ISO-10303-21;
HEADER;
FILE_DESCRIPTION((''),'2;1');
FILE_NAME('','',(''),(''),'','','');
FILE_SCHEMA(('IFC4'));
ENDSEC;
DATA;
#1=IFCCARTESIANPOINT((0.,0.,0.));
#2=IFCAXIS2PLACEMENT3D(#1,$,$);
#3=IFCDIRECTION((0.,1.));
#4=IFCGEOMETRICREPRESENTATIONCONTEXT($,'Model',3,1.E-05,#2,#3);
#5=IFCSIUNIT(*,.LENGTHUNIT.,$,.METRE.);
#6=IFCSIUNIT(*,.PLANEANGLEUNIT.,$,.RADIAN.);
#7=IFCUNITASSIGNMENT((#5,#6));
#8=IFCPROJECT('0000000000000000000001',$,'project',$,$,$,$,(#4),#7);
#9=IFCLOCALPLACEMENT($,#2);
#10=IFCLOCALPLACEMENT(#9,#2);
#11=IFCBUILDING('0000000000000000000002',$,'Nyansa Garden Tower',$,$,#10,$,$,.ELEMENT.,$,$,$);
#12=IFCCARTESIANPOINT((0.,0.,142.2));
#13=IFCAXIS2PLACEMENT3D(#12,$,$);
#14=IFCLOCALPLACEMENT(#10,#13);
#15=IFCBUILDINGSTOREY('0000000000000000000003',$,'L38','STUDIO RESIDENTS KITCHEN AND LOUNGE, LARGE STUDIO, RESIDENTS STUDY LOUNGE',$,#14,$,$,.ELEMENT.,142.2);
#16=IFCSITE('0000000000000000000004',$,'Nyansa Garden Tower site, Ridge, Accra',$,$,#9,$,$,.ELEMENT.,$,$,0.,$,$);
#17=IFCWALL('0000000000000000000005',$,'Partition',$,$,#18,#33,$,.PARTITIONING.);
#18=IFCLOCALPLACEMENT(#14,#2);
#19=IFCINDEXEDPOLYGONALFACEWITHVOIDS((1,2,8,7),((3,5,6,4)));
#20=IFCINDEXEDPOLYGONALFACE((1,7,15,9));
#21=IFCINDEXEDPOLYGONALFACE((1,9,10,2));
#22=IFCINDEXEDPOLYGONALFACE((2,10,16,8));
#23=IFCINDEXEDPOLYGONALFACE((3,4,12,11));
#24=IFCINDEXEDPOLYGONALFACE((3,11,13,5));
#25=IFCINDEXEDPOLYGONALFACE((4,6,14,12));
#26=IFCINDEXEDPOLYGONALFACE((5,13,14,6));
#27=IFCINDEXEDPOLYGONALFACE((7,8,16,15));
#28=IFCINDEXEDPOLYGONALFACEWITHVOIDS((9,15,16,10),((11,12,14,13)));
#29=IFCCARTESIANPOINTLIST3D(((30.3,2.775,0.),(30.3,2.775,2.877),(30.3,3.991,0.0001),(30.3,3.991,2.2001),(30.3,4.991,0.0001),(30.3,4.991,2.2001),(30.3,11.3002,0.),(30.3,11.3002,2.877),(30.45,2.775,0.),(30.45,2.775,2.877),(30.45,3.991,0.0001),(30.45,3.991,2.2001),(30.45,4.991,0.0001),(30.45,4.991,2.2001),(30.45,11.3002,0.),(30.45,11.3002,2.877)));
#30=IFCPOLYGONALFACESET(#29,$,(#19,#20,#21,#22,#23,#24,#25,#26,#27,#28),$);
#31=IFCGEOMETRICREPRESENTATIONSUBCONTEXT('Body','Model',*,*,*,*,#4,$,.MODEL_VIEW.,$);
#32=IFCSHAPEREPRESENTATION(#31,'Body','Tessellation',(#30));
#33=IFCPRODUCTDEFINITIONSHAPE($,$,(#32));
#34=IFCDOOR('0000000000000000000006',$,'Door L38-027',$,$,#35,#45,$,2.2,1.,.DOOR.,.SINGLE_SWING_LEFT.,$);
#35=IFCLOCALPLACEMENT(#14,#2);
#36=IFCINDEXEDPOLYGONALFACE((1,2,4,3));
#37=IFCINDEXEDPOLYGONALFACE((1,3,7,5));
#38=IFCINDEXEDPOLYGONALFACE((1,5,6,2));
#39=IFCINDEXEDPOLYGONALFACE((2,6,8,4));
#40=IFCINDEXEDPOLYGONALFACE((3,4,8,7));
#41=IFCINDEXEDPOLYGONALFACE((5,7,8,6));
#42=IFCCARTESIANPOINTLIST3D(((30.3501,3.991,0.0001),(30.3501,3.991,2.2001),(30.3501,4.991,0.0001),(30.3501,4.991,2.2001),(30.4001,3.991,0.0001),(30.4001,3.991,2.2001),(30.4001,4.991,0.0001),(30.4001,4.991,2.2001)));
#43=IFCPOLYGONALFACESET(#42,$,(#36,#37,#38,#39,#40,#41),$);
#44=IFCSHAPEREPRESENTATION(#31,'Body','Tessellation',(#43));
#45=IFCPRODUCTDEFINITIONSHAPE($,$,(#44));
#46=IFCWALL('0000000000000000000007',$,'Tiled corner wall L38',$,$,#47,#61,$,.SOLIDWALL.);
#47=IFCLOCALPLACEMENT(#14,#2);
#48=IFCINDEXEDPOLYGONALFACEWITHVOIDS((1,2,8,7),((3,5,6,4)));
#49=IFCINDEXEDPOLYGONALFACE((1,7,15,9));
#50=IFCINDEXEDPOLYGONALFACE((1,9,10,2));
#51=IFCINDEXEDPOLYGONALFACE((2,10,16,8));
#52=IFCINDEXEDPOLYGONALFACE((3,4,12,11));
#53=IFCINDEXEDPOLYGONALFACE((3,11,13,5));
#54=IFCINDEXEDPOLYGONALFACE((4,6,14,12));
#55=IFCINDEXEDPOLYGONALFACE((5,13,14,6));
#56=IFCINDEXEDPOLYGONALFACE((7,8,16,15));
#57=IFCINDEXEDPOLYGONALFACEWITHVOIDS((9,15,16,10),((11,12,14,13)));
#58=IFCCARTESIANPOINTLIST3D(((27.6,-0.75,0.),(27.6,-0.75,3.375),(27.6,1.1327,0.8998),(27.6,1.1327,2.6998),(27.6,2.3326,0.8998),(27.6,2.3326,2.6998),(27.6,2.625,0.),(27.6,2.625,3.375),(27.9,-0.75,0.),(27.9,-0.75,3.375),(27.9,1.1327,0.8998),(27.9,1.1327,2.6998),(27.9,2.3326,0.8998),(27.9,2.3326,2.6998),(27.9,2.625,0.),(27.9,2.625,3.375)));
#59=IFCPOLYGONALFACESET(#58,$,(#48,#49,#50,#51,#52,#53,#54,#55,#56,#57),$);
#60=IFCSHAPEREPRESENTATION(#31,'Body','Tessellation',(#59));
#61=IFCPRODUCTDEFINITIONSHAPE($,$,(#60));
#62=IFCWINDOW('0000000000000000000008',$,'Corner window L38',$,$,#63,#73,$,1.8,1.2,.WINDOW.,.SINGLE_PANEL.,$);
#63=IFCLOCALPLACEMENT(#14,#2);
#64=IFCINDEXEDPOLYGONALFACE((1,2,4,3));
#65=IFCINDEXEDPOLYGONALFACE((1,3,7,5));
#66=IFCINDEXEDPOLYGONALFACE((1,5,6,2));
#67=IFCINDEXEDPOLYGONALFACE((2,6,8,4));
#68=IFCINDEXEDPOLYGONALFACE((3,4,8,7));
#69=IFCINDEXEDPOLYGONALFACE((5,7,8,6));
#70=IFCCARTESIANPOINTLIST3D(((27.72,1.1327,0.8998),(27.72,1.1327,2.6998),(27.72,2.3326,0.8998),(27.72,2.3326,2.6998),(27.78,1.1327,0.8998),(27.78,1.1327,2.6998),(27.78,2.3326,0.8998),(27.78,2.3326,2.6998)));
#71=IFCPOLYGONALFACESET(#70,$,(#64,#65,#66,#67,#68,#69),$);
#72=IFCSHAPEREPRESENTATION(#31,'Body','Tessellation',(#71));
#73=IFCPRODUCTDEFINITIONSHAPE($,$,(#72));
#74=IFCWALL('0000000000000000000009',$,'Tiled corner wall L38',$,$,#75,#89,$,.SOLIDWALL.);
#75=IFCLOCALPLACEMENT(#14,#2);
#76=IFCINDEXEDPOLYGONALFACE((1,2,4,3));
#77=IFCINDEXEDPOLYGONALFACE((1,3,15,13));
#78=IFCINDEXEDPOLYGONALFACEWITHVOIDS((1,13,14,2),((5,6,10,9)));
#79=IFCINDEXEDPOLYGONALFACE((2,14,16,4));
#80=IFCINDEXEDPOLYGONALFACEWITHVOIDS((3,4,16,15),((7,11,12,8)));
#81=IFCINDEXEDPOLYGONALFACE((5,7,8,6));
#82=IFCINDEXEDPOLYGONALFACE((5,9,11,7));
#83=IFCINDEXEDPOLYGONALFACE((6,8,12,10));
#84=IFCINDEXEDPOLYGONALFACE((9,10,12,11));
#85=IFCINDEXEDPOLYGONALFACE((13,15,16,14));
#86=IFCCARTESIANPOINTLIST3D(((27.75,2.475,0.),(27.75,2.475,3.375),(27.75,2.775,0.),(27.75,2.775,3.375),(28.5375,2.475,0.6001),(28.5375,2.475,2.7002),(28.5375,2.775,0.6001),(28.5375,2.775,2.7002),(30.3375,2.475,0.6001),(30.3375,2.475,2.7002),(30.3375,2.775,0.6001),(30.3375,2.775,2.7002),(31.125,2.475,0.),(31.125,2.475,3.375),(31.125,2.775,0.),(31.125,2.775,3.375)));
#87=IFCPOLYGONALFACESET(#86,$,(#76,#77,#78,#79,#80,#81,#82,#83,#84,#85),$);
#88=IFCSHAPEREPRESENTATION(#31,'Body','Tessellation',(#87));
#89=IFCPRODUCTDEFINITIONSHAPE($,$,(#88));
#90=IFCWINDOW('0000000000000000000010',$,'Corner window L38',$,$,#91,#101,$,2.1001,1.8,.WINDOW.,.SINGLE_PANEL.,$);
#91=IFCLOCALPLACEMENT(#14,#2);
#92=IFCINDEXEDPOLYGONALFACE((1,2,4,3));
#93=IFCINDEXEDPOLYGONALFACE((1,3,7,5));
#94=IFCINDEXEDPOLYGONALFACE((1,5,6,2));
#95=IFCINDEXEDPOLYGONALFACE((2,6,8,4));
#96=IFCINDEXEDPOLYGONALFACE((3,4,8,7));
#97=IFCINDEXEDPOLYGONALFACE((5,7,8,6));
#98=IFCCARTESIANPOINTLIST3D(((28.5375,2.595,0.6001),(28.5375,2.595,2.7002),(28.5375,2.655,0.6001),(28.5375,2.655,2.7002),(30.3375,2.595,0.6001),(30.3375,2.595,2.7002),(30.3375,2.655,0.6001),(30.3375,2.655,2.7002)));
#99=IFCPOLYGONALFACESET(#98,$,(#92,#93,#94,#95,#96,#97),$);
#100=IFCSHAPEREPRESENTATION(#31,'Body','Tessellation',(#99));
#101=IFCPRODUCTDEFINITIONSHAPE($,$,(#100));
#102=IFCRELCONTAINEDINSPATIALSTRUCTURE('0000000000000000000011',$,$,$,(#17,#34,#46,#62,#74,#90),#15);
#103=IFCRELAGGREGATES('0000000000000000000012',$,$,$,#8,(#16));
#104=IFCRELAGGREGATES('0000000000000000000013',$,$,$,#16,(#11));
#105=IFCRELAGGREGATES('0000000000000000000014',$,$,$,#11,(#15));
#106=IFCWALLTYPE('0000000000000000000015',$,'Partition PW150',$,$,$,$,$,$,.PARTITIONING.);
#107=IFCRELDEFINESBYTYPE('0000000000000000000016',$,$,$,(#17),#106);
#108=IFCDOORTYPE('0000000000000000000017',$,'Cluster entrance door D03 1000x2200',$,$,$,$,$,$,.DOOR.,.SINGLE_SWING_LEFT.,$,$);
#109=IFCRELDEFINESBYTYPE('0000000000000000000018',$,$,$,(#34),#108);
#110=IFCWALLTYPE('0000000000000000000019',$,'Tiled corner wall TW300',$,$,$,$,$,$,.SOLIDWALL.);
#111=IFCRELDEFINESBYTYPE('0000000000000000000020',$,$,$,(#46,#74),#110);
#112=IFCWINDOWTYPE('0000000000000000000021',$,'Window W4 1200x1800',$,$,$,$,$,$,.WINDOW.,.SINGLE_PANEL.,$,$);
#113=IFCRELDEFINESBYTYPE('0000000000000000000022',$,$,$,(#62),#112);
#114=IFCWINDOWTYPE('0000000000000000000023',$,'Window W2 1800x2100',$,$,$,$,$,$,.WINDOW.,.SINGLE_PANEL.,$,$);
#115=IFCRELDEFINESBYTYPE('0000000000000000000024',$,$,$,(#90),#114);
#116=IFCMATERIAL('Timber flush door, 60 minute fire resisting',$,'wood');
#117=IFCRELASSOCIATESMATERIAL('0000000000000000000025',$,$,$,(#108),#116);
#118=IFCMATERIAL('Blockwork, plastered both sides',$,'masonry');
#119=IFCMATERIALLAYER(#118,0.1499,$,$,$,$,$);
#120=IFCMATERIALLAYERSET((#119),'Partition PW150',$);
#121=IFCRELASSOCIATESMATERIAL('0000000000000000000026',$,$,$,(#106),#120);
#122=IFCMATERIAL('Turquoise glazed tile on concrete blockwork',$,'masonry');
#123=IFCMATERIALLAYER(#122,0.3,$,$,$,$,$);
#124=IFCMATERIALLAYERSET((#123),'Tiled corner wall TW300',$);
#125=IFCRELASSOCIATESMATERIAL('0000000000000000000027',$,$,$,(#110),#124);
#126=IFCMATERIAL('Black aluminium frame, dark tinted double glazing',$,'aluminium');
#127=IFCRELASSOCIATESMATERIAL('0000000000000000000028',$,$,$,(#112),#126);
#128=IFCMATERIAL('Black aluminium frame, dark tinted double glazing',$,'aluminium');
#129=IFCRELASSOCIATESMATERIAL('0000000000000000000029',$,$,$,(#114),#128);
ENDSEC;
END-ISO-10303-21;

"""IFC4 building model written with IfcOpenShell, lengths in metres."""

from ifc_helpers import new_model, si_unit, direction, frame, frame_2d, origin, place, context, subcontext, project, spatial, rectangle, extrude, material, layer, layer_set, type_object, element, fill, save


model = new_model("IFC4")

# Units and contexts
model_context = context("Model", 3, precision=1e-05, world=origin(), true_north=direction((0.0, 1.0)))
body_context = subcontext(model_context, "Body", "Model", "MODEL_VIEW")
ifc_project = project(units=[si_unit("LENGTHUNIT", "METRE"), si_unit("PLANEANGLEUNIT", "RADIAN")], contexts=[model_context])

# Site, building, storey
site_placement = place(None, origin())
site = spatial("IfcSite", under=ifc_project, at=site_placement, Name="Nyansa Garden Tower site, Ridge, Accra", CompositionType="ELEMENT", RefElevation=0.0)
building_placement = place(site_placement, origin())
building = spatial("IfcBuilding", under=site, at=building_placement, Name="Nyansa Garden Tower", CompositionType="ELEMENT")
storey_placement = place(building_placement, frame((0.0, 0.0, 142.2)))
storey = spatial("IfcBuildingStorey", under=building, at=storey_placement, Name="L38", Description="STUDIO RESIDENTS KITCHEN AND LOUNGE, LARGE STUDIO, RESIDENTS STUDY LOUNGE", CompositionType="ELEMENT", Elevation=142.2)

# Shared definitions
ifc_material_1 = material(Name="Timber flush door, 60 minute fire resisting", Category="wood")
door_type_1 = type_object("IfcDoorType", Name="Cluster entrance door D03 1000x2200", OperationType="SINGLE_SWING_LEFT", PredefinedType="DOOR", material=ifc_material_1)

# Shared definitions
ifc_material_2 = material(Name="Blockwork, plastered both sides", Category="masonry")
ifc_layer_1 = layer(ifc_material_2, 0.1499)
ifc_layer_set_1 = layer_set([ifc_layer_1], Name="Partition PW150")
wall_type_1 = type_object("IfcWallType", Name="Partition PW150", PredefinedType="PARTITIONING", material=ifc_layer_set_1)

# Wall, opening, door
wall_1_placement = place(storey_placement, frame((30.375, 2.7749, 0.0), z_axis=(0.0, 0.0, 1.0), x_axis=(0.0, 1.0, 0.0)))
wall_1 = element("IfcWall", 1, at=wall_1_placement, inside=storey, type_object=wall_type_1, Name="Partition", PredefinedType="PARTITIONING", context=body_context, shape_type="SweptSolid", body=[
    extrude(rectangle(XDim=8.5251, YDim=0.1499, at=frame_2d((4.2627, 0.0))), origin(), (0.0, 0.0, 1.0), 2.877),
])
opening_1_placement = place(wall_1_placement, frame((1.2161, 0.0, 0.0)))
opening_1 = element("IfcOpeningElement", 2, at=opening_1_placement, cuts=wall_1, PredefinedType="OPENING", context=body_context, shape_type="SweptSolid", body=[
    extrude(rectangle(XDim=1.0, YDim=2.2, at=frame_2d((0.5, 1.1001))), frame((0.0, 0.085, 0.0), z_axis=(0.0, -1.0, 0.0), x_axis=(1.0, 0.0, 0.0)), (0.0, 0.0, 1.0), 0.1699),
])
door_1_placement = place(opening_1_placement, origin())
door_1 = element("IfcDoor", 3, at=door_1_placement, inside=storey, type_object=door_type_1, Name="Door L38-027", OperationType="SINGLE_SWING_LEFT", OverallHeight=2.2, OverallWidth=1.0, PredefinedType="DOOR", context=body_context, shape_type="SweptSolid", body=[
    extrude(rectangle(XDim=1.0, YDim=2.2, at=frame_2d((0.5, 1.1001))), frame((0.0, 0.0249, 0.0), z_axis=(0.0, -1.0, 0.0), x_axis=(1.0, 0.0, 0.0)), (0.0, 0.0, 1.0), 0.05),
])
fill(opening_1, door_1)

# Walls, openings, windows
ifc_material_3 = material(Name="Turquoise glazed tile on concrete blockwork", Category="masonry")
ifc_layer_2 = layer(ifc_material_3, 0.3)
ifc_layer_set_2 = layer_set([ifc_layer_2], Name="Tiled corner wall TW300")
wall_type_2 = type_object("IfcWallType", Name="Tiled corner wall TW300", PredefinedType="SOLIDWALL", material=ifc_layer_set_2)
wall_2_placement = place(storey_placement, frame((27.75, -0.75, 0.0), z_axis=(0.0, 0.0, 1.0), x_axis=(0.0, 1.0, 0.0)))
wall_2 = element("IfcWall", 4, at=wall_2_placement, inside=storey, type_object=wall_type_2, Name="Tiled corner wall L38", PredefinedType="SOLIDWALL", context=body_context, shape_type="SweptSolid", body=[
    extrude(rectangle(XDim=3.375, YDim=0.3, at=frame_2d((1.6875, 0.0))), origin(), (0.0, 0.0, 1.0), 3.375),
])
opening_2_placement = place(wall_2_placement, frame((1.8826, 0.0, 0.8999)))
opening_2 = element("IfcOpeningElement", 5, at=opening_2_placement, cuts=wall_2, PredefinedType="OPENING", context=body_context, shape_type="SweptSolid", body=[
    extrude(rectangle(XDim=1.2, YDim=1.8, at=frame_2d((0.6001, 0.8999))), frame((0.0, 0.1599, 0.0), z_axis=(0.0, -1.0, 0.0), x_axis=(1.0, 0.0, 0.0)), (0.0, 0.0, 1.0), 0.3201),
])
ifc_material_4 = material(Name="Black aluminium frame, dark tinted double glazing", Category="aluminium")
window_type_1 = type_object("IfcWindowType", Name="Window W4 1200x1800", PartitioningType="SINGLE_PANEL", PredefinedType="WINDOW", material=ifc_material_4)
window_1_placement = place(opening_2_placement, origin())
window_1 = element("IfcWindow", 6, at=window_1_placement, inside=storey, type_object=window_type_1, Name="Corner window L38", OverallHeight=1.8, OverallWidth=1.2, PartitioningType="SINGLE_PANEL", PredefinedType="WINDOW", context=body_context, shape_type="SweptSolid", body=[
    extrude(rectangle(XDim=1.2, YDim=1.8, at=frame_2d((0.6001, 0.8999))), frame((0.0, 0.03, 0.0), z_axis=(0.0, -1.0, 0.0), x_axis=(1.0, 0.0, 0.0)), (0.0, 0.0, 1.0), 0.0601),
])
fill(opening_2, window_1)
wall_3_placement = place(storey_placement, frame((27.75, 2.625, 0.0), z_axis=(0.0, 0.0, 1.0), x_axis=(1.0, 0.0, 0.0)))
wall_3 = element("IfcWall", 7, at=wall_3_placement, inside=storey, type_object=wall_type_2, Name="Tiled corner wall L38", PredefinedType="SOLIDWALL", context=body_context, shape_type="SweptSolid", body=[
    extrude(rectangle(XDim=3.375, YDim=0.3, at=frame_2d((1.6875, 0.0))), origin(), (0.0, 0.0, 1.0), 3.375),
])
opening_3_placement = place(wall_3_placement, frame((0.7876, 0.0, 0.6001)))
opening_3 = element("IfcOpeningElement", 8, at=opening_3_placement, cuts=wall_3, PredefinedType="OPENING", context=body_context, shape_type="SweptSolid", body=[
    extrude(rectangle(XDim=1.8, YDim=2.1001, at=frame_2d((0.8999, 1.05))), frame((0.0, 0.1599, 0.0), z_axis=(0.0, -1.0, 0.0), x_axis=(1.0, 0.0, 0.0)), (0.0, 0.0, 1.0), 0.3201),
])
ifc_material_5 = material(Name="Black aluminium frame, dark tinted double glazing", Category="aluminium")
window_type_2 = type_object("IfcWindowType", Name="Window W2 1800x2100", PartitioningType="SINGLE_PANEL", PredefinedType="WINDOW", material=ifc_material_5)
window_2_placement = place(opening_3_placement, origin())
window_2 = element("IfcWindow", 9, at=window_2_placement, inside=storey, type_object=window_type_2, Name="Corner window L38", OverallHeight=2.1001, OverallWidth=1.8, PartitioningType="SINGLE_PANEL", PredefinedType="WINDOW", context=body_context, shape_type="SweptSolid", body=[
    extrude(rectangle(XDim=1.8, YDim=2.1001, at=frame_2d((0.8999, 1.05))), frame((0.0, 0.03, 0.0), z_axis=(0.0, -1.0, 0.0), x_axis=(1.0, 0.0, 0.0)), (0.0, 0.0, 1.0), 0.0601),
])
fill(opening_3, window_2)

save(model, "model.ifc")
